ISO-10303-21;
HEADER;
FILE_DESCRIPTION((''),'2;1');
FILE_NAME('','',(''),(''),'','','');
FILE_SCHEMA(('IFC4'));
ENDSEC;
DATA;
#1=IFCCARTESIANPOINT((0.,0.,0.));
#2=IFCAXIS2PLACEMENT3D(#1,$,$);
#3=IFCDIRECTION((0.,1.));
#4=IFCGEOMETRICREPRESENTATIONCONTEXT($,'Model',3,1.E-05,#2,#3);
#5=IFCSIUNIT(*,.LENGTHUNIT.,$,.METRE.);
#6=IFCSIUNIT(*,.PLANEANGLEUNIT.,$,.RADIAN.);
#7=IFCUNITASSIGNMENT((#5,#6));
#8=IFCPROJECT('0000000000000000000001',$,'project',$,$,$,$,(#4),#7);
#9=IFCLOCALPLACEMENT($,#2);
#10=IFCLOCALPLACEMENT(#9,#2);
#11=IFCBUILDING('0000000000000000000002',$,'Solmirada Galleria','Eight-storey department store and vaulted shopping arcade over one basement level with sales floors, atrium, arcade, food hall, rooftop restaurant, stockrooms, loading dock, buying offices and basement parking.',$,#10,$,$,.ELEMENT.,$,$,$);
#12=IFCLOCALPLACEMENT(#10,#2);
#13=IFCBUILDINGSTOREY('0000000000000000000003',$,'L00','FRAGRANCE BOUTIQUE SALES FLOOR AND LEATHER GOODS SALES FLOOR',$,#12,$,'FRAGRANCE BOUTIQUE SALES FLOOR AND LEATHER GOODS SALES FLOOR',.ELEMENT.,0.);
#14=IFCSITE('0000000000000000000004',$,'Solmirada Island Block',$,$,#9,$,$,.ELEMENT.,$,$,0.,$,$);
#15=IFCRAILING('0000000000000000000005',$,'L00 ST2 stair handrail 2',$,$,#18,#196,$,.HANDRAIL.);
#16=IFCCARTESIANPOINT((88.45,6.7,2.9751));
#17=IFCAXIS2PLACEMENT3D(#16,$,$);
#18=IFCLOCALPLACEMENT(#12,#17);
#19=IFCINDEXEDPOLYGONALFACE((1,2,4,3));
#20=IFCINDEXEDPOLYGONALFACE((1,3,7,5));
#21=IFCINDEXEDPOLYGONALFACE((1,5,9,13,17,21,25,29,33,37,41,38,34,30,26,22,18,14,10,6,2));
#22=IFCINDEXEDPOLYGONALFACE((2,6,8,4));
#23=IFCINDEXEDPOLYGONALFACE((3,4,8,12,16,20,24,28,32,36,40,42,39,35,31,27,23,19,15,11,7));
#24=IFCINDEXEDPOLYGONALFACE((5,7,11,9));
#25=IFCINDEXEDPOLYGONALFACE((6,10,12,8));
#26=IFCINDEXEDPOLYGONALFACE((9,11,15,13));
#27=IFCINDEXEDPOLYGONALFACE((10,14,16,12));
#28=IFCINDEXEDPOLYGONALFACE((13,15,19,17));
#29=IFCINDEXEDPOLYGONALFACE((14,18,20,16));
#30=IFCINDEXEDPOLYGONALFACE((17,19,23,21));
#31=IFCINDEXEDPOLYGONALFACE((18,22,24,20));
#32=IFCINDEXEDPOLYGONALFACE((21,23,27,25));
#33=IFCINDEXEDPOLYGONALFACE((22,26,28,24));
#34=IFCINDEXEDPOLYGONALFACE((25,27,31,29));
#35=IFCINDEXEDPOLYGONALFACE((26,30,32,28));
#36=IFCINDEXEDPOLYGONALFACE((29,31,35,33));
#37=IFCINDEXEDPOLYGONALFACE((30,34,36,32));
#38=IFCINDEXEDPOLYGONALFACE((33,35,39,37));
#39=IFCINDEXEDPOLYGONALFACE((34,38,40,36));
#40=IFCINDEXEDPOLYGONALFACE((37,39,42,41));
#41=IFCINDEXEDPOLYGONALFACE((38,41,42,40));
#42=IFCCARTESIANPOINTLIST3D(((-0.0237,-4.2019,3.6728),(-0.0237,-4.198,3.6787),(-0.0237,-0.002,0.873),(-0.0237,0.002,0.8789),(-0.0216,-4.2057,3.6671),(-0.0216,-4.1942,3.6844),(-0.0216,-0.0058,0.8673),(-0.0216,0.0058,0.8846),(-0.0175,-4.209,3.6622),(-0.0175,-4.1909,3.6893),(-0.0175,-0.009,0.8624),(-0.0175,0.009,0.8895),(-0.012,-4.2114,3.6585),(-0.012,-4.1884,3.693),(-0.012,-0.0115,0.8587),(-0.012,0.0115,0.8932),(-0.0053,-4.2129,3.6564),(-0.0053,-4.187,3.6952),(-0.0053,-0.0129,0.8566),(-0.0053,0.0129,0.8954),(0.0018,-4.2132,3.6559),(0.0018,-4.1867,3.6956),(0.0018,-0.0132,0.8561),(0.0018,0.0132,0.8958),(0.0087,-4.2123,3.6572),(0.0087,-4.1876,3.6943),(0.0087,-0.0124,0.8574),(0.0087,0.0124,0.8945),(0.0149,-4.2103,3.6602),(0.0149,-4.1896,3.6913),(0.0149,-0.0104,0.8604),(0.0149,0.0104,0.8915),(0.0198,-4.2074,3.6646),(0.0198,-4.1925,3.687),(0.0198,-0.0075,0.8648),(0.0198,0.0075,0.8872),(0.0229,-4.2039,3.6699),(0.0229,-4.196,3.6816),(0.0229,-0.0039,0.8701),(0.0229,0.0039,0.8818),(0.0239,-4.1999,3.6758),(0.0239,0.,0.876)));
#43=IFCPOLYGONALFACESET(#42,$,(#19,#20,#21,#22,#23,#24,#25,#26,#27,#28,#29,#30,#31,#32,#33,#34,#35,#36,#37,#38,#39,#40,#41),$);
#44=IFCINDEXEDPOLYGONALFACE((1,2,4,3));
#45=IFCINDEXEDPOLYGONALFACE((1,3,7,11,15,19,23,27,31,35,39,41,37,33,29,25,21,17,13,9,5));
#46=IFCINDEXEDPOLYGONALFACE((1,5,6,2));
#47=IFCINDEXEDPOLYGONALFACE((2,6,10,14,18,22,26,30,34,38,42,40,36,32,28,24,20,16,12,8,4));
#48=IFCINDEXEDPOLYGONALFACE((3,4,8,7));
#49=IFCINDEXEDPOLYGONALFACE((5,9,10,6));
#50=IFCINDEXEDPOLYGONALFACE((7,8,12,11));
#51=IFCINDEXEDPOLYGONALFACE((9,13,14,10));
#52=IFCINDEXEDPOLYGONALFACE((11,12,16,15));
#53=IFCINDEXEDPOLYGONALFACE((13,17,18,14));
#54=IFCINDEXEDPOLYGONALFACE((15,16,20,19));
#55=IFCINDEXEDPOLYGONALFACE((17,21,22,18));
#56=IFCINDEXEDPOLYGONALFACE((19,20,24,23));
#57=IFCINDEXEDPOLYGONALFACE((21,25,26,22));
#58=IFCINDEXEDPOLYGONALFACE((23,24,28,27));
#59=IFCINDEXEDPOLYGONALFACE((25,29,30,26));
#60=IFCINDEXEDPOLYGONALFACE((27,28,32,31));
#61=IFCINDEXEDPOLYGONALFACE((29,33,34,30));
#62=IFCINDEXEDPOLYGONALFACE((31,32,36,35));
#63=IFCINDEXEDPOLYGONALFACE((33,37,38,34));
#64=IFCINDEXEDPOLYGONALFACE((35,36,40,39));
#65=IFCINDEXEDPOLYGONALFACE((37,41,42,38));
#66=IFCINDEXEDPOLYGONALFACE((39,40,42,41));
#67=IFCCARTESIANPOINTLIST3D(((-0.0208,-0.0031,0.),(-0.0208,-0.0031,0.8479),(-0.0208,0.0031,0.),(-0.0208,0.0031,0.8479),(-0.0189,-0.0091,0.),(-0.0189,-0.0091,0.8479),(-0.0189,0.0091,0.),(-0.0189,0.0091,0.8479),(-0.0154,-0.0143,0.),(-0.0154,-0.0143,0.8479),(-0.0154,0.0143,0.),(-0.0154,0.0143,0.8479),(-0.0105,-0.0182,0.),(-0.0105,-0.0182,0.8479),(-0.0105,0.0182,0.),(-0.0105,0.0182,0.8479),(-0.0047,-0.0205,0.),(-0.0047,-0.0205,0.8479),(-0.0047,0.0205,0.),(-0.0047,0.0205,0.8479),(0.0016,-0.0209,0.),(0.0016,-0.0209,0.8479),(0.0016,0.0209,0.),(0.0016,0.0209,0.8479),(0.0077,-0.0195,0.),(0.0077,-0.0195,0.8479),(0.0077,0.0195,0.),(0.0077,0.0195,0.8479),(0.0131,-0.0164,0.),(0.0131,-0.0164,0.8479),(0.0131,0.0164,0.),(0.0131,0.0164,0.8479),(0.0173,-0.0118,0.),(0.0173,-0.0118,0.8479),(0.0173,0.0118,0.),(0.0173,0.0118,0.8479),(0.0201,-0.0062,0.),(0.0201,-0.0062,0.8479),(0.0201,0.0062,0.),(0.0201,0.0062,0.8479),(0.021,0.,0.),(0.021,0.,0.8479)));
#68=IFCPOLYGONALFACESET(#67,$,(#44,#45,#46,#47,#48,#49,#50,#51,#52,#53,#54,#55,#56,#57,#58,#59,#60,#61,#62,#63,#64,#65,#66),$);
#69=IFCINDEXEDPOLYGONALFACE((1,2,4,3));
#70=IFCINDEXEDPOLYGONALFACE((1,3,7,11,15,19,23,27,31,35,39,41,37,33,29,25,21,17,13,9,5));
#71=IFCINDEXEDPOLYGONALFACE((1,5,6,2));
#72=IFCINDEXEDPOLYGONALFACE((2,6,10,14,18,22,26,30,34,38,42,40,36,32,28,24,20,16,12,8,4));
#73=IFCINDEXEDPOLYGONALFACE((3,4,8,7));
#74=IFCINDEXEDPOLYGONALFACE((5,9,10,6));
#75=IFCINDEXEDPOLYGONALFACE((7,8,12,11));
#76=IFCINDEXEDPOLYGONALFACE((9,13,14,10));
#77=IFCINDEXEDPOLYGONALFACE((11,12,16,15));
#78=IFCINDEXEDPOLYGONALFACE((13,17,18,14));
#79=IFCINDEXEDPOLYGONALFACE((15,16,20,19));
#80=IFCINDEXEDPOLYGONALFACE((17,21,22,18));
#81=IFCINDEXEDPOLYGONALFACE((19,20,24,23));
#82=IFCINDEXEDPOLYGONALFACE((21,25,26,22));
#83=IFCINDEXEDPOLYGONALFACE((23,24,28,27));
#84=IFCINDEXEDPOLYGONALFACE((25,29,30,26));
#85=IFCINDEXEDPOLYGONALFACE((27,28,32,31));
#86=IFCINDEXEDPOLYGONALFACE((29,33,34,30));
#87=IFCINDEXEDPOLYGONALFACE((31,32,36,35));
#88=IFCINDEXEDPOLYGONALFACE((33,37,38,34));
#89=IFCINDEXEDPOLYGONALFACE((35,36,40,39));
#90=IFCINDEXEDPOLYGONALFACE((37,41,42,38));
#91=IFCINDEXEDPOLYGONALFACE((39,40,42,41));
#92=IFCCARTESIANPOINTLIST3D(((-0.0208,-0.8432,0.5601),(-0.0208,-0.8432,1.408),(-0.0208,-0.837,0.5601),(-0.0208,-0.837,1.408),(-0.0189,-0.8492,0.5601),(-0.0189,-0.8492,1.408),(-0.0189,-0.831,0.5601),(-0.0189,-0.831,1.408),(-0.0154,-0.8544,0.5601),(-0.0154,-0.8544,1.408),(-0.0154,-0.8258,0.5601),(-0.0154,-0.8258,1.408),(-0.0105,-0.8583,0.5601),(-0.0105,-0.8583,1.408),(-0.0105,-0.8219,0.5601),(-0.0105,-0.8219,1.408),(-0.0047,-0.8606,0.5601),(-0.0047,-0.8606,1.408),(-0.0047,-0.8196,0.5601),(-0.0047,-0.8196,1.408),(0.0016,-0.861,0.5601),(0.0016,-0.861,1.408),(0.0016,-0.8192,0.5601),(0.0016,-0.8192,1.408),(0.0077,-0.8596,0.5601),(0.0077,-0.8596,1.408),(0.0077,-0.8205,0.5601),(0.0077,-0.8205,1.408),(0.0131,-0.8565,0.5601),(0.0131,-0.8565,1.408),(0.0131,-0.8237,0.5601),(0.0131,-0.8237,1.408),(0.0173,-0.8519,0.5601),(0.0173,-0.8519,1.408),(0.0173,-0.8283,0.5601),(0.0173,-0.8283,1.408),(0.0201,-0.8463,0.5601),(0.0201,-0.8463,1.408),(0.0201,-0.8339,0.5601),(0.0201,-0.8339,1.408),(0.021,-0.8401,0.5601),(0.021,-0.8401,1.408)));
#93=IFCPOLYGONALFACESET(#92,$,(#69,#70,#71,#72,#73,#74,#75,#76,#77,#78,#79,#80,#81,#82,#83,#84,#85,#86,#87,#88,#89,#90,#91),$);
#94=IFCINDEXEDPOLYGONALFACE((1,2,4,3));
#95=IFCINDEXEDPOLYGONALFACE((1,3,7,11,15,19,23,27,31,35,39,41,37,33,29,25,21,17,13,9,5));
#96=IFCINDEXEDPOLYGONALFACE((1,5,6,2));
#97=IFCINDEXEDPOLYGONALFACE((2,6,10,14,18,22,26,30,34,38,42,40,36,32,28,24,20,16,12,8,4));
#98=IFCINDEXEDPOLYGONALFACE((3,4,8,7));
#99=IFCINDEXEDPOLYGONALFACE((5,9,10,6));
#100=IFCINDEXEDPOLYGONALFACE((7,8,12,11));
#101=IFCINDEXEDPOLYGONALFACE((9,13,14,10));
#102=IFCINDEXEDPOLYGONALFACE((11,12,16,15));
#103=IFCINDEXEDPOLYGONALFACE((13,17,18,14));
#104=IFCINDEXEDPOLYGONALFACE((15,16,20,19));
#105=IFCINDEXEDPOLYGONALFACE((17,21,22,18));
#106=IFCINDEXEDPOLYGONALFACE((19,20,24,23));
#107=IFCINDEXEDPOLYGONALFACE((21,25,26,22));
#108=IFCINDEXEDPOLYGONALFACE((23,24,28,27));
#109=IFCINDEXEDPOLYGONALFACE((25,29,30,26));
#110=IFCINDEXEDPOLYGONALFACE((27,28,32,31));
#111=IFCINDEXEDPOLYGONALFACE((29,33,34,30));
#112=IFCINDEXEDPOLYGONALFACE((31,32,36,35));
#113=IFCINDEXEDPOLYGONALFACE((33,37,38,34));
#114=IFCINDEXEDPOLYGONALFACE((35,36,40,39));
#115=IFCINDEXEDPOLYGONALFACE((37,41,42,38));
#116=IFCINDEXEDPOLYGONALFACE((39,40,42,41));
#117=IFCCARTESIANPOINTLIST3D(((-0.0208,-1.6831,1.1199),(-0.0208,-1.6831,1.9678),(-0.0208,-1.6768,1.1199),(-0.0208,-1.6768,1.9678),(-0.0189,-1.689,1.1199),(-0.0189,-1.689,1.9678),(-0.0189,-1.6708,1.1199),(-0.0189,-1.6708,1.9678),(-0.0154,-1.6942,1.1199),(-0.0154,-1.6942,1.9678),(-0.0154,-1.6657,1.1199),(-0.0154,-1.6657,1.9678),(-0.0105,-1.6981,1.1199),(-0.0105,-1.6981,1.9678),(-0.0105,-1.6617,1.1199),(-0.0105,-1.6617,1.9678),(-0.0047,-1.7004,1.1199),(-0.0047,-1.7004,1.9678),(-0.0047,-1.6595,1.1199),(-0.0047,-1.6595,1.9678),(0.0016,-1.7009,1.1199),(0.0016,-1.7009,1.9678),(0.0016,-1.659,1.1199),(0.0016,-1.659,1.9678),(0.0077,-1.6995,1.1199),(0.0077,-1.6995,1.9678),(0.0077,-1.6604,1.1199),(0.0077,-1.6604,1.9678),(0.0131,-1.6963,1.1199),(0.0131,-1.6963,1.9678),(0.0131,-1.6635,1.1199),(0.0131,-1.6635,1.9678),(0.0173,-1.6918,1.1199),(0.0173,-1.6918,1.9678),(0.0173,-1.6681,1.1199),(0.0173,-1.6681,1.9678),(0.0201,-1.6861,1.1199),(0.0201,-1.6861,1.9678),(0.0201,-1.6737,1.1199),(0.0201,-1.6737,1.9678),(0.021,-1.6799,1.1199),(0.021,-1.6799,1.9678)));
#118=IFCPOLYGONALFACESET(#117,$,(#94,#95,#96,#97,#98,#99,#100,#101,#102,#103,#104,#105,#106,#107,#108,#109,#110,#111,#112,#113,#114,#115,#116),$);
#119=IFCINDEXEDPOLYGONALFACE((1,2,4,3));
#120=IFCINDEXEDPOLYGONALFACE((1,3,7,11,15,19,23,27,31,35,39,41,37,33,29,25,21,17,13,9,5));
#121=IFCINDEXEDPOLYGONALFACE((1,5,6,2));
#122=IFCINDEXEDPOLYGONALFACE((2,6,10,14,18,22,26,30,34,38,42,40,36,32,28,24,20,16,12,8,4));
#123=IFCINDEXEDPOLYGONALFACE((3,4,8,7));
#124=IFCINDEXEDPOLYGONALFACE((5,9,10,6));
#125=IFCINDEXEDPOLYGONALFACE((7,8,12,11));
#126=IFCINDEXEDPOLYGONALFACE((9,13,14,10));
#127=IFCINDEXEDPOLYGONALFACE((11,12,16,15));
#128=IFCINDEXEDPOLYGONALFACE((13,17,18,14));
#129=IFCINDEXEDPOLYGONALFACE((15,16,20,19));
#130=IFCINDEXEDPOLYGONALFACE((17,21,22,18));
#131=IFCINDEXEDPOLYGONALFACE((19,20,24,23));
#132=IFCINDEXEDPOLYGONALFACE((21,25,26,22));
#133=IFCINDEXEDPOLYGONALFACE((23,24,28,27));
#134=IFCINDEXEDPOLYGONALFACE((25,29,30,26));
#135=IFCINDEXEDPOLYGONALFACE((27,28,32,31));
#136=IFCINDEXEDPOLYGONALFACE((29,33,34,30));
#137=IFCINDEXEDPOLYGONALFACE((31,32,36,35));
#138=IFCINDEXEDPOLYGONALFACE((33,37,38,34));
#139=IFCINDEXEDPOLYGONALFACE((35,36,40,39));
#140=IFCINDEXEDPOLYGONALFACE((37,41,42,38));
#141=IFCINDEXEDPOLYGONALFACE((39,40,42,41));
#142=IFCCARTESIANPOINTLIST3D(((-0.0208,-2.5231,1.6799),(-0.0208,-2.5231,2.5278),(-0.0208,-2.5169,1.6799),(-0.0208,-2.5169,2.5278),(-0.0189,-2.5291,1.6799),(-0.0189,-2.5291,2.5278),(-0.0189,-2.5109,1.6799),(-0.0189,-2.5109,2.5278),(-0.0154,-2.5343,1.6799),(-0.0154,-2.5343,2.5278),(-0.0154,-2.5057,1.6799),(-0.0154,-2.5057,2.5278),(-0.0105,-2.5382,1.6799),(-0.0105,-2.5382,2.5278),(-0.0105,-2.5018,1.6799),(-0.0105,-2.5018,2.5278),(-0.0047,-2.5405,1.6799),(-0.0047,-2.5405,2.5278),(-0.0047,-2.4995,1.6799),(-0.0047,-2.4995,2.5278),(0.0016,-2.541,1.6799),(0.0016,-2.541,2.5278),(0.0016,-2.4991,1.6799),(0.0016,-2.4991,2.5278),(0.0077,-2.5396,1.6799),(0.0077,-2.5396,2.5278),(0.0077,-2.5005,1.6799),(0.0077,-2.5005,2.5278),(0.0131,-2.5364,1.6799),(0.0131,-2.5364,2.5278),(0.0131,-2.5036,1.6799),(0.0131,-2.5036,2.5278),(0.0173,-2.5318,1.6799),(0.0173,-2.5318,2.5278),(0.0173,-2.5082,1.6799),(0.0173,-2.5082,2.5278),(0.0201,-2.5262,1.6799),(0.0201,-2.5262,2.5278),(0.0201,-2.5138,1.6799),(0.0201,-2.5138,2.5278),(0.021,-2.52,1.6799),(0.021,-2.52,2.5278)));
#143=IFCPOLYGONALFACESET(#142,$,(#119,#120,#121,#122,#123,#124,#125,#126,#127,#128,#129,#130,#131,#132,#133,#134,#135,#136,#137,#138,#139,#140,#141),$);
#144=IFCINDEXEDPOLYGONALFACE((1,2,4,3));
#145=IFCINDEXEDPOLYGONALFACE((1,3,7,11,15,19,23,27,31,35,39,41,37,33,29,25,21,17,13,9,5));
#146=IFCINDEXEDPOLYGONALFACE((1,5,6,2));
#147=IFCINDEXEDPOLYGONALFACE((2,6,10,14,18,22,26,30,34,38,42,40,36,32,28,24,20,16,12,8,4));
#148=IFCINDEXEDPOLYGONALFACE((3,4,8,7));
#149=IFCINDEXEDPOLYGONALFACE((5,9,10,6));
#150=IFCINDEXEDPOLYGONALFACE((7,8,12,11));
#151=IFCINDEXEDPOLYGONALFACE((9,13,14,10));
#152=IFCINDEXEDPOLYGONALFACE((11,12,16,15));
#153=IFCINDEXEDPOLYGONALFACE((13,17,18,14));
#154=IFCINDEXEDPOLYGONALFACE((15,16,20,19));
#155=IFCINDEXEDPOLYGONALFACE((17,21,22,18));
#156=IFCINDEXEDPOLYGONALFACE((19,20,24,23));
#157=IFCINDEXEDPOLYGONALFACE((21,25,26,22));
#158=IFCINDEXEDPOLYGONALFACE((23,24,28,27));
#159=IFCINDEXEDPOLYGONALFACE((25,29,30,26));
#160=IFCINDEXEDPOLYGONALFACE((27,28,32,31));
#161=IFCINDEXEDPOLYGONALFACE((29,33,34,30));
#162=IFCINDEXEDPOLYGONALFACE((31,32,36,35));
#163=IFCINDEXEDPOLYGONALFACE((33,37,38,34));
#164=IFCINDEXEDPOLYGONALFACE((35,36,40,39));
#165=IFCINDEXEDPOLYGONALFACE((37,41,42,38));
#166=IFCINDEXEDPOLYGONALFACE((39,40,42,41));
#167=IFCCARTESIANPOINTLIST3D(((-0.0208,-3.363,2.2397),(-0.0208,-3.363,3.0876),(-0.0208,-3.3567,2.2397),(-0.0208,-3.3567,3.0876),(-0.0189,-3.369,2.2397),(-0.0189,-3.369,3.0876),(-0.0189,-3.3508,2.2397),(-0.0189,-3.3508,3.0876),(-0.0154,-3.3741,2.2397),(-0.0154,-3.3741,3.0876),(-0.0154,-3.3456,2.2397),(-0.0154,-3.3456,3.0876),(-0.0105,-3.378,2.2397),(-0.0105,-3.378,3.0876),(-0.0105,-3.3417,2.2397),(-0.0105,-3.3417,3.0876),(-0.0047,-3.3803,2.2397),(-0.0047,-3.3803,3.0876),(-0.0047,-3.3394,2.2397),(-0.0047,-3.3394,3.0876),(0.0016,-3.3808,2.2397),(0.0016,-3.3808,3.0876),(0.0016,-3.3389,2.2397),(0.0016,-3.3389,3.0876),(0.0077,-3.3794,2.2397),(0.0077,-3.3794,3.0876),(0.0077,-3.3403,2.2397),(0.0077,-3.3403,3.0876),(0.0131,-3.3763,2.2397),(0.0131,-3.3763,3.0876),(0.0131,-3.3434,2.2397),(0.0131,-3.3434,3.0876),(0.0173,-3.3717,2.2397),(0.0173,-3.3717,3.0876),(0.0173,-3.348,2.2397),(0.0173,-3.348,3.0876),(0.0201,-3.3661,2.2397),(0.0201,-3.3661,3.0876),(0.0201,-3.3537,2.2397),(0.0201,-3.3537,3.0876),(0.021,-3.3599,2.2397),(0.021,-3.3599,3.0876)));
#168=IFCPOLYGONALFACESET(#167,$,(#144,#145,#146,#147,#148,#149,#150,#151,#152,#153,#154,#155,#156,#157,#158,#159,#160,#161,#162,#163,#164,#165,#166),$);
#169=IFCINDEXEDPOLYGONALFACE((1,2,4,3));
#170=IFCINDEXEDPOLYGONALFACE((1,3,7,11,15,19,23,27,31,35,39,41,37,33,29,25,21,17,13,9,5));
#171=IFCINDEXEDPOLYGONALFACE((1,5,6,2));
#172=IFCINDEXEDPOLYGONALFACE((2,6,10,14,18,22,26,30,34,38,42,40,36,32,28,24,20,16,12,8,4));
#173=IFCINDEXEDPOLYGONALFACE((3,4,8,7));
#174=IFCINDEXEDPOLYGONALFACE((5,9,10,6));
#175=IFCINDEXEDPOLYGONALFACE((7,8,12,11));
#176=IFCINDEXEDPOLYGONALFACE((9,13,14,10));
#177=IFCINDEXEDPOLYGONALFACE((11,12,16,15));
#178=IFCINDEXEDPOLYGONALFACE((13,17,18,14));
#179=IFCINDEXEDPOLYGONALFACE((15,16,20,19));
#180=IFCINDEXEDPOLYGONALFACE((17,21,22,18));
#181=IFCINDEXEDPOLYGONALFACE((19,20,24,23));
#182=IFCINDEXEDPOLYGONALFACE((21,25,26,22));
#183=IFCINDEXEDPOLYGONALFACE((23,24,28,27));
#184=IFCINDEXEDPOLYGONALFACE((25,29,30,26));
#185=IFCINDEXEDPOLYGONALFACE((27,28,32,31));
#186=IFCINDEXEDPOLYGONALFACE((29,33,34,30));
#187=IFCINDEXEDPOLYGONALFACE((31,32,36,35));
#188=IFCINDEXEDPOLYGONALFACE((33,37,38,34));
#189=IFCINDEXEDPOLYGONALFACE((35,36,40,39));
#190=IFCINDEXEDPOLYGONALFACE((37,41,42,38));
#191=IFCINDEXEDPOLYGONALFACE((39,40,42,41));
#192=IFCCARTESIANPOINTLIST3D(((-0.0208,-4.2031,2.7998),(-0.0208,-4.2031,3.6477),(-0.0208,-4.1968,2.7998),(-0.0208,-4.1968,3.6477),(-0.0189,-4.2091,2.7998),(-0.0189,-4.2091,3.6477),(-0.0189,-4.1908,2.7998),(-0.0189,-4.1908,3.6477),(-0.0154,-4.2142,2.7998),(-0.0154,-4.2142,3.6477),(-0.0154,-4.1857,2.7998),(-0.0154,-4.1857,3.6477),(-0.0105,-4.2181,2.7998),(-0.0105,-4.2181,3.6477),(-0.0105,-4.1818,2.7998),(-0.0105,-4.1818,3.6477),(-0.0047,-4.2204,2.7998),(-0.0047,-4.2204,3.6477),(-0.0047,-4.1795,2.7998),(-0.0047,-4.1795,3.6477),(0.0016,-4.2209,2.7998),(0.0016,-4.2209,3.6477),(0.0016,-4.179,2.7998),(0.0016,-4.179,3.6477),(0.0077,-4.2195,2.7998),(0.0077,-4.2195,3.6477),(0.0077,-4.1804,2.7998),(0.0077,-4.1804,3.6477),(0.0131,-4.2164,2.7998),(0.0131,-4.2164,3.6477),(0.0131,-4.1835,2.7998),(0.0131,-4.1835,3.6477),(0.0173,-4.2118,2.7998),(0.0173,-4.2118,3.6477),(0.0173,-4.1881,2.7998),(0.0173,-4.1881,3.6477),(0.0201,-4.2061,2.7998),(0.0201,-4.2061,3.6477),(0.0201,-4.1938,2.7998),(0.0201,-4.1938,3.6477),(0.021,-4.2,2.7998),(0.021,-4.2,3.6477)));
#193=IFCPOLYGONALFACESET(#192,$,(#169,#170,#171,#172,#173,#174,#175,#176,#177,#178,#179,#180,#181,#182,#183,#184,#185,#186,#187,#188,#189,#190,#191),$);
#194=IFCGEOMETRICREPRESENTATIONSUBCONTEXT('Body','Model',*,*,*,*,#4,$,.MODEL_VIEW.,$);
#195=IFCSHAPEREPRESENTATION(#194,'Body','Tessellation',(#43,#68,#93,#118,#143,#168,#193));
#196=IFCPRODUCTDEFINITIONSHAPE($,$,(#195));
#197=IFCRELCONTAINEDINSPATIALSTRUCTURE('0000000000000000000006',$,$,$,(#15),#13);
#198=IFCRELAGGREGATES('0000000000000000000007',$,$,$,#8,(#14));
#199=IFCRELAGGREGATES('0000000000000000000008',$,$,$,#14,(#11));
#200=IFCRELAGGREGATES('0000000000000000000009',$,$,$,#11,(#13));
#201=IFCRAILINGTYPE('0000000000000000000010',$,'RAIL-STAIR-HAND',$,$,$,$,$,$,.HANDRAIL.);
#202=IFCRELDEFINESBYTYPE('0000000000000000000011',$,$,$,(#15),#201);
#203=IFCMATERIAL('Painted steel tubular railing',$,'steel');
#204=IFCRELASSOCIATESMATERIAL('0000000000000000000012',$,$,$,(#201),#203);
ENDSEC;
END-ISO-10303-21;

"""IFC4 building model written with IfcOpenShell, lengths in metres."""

from ifc_helpers import new_model, si_unit, direction, frame, origin, origin_2d, place, context, subcontext, project, spatial, circle, extrude, material, type_object, element, save


model = new_model("IFC4")

# Units and contexts
model_context = context("Model", 3, precision=1e-05, world=origin(), true_north=direction((0.0, 1.0)))
body_context = subcontext(model_context, "Body", "Model", "MODEL_VIEW")
ifc_project = project(units=[si_unit("LENGTHUNIT", "METRE"), si_unit("PLANEANGLEUNIT", "RADIAN")], contexts=[model_context])

# Site, building, storey
site_placement = place(None, origin())
site = spatial("IfcSite", under=ifc_project, at=site_placement, Name="Solmirada Island Block", CompositionType="ELEMENT", RefElevation=0.0)
building_placement = place(site_placement, origin())
building = spatial("IfcBuilding", under=site, at=building_placement, Name="Solmirada Galleria", Description="Eight-storey department store and vaulted shopping arcade over one basement level with sales floors, atrium, arcade, food hall, rooftop restaurant, stockrooms, loading dock, buying offices and basement parking.", CompositionType="ELEMENT")
storey_placement = place(building_placement, origin())
storey = spatial("IfcBuildingStorey", under=building, at=storey_placement, Name="L00", Description="FRAGRANCE BOUTIQUE SALES FLOOR AND LEATHER GOODS SALES FLOOR", LongName="FRAGRANCE BOUTIQUE SALES FLOOR AND LEATHER GOODS SALES FLOOR", CompositionType="ELEMENT", Elevation=0.0)

# Railing
ifc_material_1 = material(Name="Painted steel tubular railing", Category="steel")
railing_type_1 = type_object("IfcRailingType", Name="RAIL-STAIR-HAND", PredefinedType="HANDRAIL", material=ifc_material_1)
railing_1_placement = place(storey_placement, frame((88.45, 6.7, 2.9751)))
element("IfcRailing", 1, at=railing_1_placement, inside=storey, type_object=railing_type_1, Name="L00 ST2 stair handrail 2", PredefinedType="HANDRAIL", context=body_context, shape_type="SweptSolid", body=[
    extrude(circle(Radius=0.0239, at=origin_2d()), frame((0.0, 0.0, 0.876), z_axis=(0.0, -0.832065, 0.554678), x_axis=(1.0, 0.0, 0.0)), (0.0, 0.0, 1.0), 5.0476),
    extrude(circle(Radius=0.021, at=origin_2d()), origin(), (0.0, 0.0, 1.0), 0.8479),
    extrude(circle(Radius=0.021, at=origin_2d()), frame((0.0, -0.8401, 0.5601)), (0.0, 0.0, 1.0), 0.8479),
    extrude(circle(Radius=0.021, at=origin_2d()), frame((0.0, -1.6799, 1.1199)), (0.0, 0.0, 1.0), 0.8479),
    extrude(circle(Radius=0.021, at=origin_2d()), frame((0.0, -2.52, 1.6799)), (0.0, 0.0, 1.0), 0.8479),
    extrude(circle(Radius=0.021, at=origin_2d()), frame((0.0, -3.3599, 2.2397)), (0.0, 0.0, 1.0), 0.8479),
    extrude(circle(Radius=0.021, at=origin_2d()), frame((0.0, -4.2, 2.7998)), (0.0, 0.0, 1.0), 0.8479),
])

save(model, "model.ifc")
